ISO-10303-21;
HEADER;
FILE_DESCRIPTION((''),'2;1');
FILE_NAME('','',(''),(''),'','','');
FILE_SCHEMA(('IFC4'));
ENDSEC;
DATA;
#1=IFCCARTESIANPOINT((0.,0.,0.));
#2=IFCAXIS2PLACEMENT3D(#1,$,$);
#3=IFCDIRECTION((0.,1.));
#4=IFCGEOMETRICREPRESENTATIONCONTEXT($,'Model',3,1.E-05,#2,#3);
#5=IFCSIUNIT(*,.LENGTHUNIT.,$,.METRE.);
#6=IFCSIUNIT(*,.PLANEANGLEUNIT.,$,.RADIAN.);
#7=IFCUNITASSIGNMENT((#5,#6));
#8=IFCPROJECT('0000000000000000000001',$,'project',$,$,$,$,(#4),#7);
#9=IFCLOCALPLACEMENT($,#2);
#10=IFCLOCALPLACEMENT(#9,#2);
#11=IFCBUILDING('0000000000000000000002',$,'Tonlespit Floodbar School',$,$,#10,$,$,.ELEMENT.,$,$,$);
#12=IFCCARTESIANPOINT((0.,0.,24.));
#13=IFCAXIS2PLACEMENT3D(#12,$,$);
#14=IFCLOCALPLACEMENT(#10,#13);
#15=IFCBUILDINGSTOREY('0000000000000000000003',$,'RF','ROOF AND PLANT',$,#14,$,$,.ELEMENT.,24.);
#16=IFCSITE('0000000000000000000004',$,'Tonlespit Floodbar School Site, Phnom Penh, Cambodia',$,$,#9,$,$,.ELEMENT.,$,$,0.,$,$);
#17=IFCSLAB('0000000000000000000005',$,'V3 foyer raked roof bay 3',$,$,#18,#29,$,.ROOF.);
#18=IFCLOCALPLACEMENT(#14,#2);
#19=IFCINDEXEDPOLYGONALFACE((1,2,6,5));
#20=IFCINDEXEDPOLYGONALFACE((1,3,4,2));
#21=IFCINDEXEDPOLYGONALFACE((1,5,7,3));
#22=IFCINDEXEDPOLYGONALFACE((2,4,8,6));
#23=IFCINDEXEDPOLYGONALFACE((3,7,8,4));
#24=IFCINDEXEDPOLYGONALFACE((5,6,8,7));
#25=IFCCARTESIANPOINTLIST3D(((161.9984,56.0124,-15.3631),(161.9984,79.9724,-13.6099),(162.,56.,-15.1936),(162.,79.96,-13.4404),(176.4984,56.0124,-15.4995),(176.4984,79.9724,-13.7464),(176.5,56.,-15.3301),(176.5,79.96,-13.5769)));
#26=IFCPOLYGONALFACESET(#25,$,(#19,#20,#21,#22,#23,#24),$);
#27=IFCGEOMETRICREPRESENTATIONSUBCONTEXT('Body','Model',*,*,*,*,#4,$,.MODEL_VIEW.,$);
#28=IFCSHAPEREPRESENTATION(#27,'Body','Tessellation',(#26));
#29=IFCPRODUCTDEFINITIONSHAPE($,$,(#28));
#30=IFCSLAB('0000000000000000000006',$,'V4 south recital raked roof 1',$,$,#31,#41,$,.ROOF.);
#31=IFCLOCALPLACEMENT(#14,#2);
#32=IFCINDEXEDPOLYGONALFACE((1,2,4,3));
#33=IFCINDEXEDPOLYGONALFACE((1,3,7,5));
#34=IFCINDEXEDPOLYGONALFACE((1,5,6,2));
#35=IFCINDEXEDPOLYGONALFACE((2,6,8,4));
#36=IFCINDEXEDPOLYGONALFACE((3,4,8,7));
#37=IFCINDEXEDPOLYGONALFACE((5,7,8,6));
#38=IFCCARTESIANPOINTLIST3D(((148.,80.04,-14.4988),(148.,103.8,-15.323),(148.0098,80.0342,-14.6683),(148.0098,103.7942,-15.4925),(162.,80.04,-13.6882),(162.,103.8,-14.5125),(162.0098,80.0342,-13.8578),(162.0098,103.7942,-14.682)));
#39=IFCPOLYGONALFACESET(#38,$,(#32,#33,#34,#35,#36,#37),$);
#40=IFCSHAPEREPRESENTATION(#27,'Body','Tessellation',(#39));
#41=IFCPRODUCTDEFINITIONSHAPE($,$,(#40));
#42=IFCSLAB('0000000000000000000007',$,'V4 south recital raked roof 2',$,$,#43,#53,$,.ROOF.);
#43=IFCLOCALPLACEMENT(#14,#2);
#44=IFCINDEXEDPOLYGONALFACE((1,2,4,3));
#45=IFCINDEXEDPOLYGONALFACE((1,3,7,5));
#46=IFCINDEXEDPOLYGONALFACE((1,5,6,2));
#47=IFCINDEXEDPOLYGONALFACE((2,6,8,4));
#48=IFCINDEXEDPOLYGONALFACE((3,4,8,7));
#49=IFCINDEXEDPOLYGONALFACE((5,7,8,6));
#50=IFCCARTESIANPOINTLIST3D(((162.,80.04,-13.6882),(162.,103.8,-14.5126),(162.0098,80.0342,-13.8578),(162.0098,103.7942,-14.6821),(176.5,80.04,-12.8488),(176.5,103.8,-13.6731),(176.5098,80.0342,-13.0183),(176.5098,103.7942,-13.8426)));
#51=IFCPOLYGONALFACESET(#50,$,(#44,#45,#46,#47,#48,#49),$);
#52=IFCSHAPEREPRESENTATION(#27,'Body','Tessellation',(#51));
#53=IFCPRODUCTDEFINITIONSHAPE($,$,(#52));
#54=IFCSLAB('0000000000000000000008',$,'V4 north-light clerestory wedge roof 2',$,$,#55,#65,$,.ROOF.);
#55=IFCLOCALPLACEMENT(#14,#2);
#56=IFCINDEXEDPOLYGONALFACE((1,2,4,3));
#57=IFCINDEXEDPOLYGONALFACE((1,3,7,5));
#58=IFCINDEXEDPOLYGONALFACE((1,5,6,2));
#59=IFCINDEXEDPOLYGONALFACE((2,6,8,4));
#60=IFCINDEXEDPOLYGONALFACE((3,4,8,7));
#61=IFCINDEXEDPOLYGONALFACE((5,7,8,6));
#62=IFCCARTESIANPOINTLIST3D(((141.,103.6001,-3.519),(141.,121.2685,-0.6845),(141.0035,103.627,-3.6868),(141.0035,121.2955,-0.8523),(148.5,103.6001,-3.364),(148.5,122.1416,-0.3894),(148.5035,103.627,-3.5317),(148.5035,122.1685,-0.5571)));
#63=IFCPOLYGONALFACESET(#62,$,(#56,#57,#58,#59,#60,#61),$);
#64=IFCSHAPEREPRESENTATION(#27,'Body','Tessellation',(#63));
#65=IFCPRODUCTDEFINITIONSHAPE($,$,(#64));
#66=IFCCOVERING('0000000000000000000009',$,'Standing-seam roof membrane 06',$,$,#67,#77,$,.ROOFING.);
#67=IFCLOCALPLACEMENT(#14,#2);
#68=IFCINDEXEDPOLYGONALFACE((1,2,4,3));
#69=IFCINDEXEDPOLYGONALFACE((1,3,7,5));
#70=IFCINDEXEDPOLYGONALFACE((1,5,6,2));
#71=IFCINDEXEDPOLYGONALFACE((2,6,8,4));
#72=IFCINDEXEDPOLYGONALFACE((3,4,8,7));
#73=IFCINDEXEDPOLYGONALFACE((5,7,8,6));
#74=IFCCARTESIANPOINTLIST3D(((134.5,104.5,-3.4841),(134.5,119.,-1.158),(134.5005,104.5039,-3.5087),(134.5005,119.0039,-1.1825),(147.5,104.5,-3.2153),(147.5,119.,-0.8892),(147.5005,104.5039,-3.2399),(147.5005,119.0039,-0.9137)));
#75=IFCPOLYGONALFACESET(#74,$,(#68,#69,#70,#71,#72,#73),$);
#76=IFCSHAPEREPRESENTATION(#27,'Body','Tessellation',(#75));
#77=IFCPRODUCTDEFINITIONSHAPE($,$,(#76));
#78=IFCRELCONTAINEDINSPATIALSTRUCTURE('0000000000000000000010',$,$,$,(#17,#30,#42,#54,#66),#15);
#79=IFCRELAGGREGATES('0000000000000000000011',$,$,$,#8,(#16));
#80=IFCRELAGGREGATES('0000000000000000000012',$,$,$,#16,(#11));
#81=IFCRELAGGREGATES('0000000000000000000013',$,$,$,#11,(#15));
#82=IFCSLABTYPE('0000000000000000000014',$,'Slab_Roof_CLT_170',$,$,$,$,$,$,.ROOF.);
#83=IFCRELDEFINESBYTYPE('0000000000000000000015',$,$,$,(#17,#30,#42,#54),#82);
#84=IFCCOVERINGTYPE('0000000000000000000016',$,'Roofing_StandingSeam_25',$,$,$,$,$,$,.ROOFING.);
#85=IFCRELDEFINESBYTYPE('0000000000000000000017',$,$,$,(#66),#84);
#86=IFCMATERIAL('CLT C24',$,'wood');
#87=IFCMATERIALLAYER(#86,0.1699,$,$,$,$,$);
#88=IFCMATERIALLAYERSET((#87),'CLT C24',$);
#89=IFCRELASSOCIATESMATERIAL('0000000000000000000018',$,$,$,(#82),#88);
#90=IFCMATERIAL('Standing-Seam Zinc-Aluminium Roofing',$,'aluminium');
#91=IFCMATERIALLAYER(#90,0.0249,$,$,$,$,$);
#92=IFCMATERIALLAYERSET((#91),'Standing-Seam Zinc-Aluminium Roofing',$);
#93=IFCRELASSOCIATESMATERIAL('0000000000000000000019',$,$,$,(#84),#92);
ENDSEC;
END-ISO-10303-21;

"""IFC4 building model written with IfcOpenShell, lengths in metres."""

from ifc_helpers import new_model, si_unit, direction, frame, origin, place, context, subcontext, project, spatial, polyline, outline, extrude, material, layer, layer_set, type_object, element, save


model = new_model("IFC4")

# Units and contexts
model_context = context("Model", 3, precision=1e-05, world=origin(), true_north=direction((0.0, 1.0)))
body_context = subcontext(model_context, "Body", "Model", "MODEL_VIEW")
ifc_project = project(units=[si_unit("LENGTHUNIT", "METRE"), si_unit("PLANEANGLEUNIT", "RADIAN")], contexts=[model_context])

# Site, building, storey
site_placement = place(None, origin())
site = spatial("IfcSite", under=ifc_project, at=site_placement, Name="Tonlespit Floodbar School Site, Phnom Penh, Cambodia", CompositionType="ELEMENT", RefElevation=0.0)
building_placement = place(site_placement, origin())
building = spatial("IfcBuilding", under=site, at=building_placement, Name="Tonlespit Floodbar School", CompositionType="ELEMENT")
storey_placement = place(building_placement, frame((0.0, 0.0, 24.0)))
storey = spatial("IfcBuildingStorey", under=building, at=storey_placement, Name="RF", Description="ROOF AND PLANT", CompositionType="ELEMENT", Elevation=24.0)

# Slabs
ifc_material_1 = material(Name="CLT C24", Category="wood")
ifc_layer_1 = layer(ifc_material_1, 0.1699)
ifc_layer_set_1 = layer_set([ifc_layer_1], Name="CLT C24")
slab_type = type_object("IfcSlabType", Name="Slab_Roof_CLT_170", PredefinedType="ROOF", material=ifc_layer_set_1)
slab_1_placement = place(storey_placement, frame((162.0, 56.0, -15.1936), z_axis=(0.009387, -0.072973, 0.99729), x_axis=(0.999956, 0.0, -0.009412)))
element("IfcSlab", 1, at=slab_1_placement, inside=storey, type_object=slab_type, Name="V3 foyer raked roof bay 3", PredefinedType="ROOF", context=body_context, shape_type="SweptSolid", body=[
    extrude(outline(polyline([(0.0, 0.0), (14.5006, 0.0), (14.4841, 24.024), (-0.0165, 24.024), (0.0, 0.0)])), origin(), (0.0, 0.0, -1.0), 0.1699),
])
slab_2_placement = place(storey_placement, frame((148.0, 80.04, -14.4988), z_axis=(-0.057765, 0.034611, 0.99773), x_axis=(0.998328, 0.0, 0.057799)))
element("IfcSlab", 2, at=slab_2_placement, inside=storey, type_object=slab_type, Name="V4 south recital raked roof 1", PredefinedType="ROOF", context=body_context, shape_type="SweptSolid", body=[
    extrude(outline(polyline([(0.0, 0.0), (14.0234, 0.0), (13.9758, 23.7743), (-0.0476, 23.7743), (0.0, 0.0)])), origin(), (0.0, 0.0, -1.0), 0.1699),
])
slab_3_placement = place(storey_placement, frame((162.0, 80.04, -13.6882), z_axis=(-0.057764, 0.034616, 0.99773), x_axis=(0.998328, 0.0, 0.057798)))
element("IfcSlab", 3, at=slab_3_placement, inside=storey, type_object=slab_type, Name="V4 south recital raked roof 2", PredefinedType="ROOF", context=body_context, shape_type="SweptSolid", body=[
    extrude(outline(polyline([(0.0, 0.0), (14.5243, 0.0), (14.4766, 23.7743), (-0.0476, 23.7743), (0.0, 0.0)])), origin(), (0.0, 0.0, -1.0), 0.1699),
])
slab_4_placement = place(storey_placement, frame((141.0, 103.6001, -3.519), z_axis=(-0.02041, -0.158369, 0.987169), x_axis=(0.999786, -0.000001, 0.020671)))
element("IfcSlab", 4, at=slab_4_placement, inside=storey, type_object=slab_type, Name="V4 north-light clerestory wedge roof 2", PredefinedType="ROOF", context=body_context, shape_type="SweptSolid", body=[
    extrude(outline(polyline([(0.0, 0.0), (7.5016, 0.0), (7.5631, 18.7785), (0.0586, 17.8943), (0.0, 0.0)])), origin(), (0.0, 0.0, -1.0), 0.1699),
])

# Covering
ifc_material_2 = material(Name="Standing-Seam Zinc-Aluminium Roofing", Category="aluminium")
ifc_layer_2 = layer(ifc_material_2, 0.0249)
ifc_layer_set_2 = layer_set([ifc_layer_2], Name="Standing-Seam Zinc-Aluminium Roofing")
covering_type = type_object("IfcCoveringType", Name="Roofing_StandingSeam_25", PredefinedType="ROOFING", material=ifc_layer_set_2)
covering_placement = place(storey_placement, frame((134.5, 104.5, -3.4841), z_axis=(-0.020412, -0.158367, 0.987169), x_axis=(0.999786, 0.0, 0.020672)))
element("IfcCovering", 5, at=covering_placement, inside=storey, type_object=covering_type, Name="Standing-seam roof membrane 06", PredefinedType="ROOFING", context=body_context, shape_type="SweptSolid", body=[
    extrude(outline(polyline([(0.0, 0.0), (13.0028, 0.0), (13.0509, 14.6853), (0.0481, 14.6853), (0.0, 0.0)])), origin(), (0.0, 0.0, -1.0), 0.0249),
])

save(model, "model.ifc")
